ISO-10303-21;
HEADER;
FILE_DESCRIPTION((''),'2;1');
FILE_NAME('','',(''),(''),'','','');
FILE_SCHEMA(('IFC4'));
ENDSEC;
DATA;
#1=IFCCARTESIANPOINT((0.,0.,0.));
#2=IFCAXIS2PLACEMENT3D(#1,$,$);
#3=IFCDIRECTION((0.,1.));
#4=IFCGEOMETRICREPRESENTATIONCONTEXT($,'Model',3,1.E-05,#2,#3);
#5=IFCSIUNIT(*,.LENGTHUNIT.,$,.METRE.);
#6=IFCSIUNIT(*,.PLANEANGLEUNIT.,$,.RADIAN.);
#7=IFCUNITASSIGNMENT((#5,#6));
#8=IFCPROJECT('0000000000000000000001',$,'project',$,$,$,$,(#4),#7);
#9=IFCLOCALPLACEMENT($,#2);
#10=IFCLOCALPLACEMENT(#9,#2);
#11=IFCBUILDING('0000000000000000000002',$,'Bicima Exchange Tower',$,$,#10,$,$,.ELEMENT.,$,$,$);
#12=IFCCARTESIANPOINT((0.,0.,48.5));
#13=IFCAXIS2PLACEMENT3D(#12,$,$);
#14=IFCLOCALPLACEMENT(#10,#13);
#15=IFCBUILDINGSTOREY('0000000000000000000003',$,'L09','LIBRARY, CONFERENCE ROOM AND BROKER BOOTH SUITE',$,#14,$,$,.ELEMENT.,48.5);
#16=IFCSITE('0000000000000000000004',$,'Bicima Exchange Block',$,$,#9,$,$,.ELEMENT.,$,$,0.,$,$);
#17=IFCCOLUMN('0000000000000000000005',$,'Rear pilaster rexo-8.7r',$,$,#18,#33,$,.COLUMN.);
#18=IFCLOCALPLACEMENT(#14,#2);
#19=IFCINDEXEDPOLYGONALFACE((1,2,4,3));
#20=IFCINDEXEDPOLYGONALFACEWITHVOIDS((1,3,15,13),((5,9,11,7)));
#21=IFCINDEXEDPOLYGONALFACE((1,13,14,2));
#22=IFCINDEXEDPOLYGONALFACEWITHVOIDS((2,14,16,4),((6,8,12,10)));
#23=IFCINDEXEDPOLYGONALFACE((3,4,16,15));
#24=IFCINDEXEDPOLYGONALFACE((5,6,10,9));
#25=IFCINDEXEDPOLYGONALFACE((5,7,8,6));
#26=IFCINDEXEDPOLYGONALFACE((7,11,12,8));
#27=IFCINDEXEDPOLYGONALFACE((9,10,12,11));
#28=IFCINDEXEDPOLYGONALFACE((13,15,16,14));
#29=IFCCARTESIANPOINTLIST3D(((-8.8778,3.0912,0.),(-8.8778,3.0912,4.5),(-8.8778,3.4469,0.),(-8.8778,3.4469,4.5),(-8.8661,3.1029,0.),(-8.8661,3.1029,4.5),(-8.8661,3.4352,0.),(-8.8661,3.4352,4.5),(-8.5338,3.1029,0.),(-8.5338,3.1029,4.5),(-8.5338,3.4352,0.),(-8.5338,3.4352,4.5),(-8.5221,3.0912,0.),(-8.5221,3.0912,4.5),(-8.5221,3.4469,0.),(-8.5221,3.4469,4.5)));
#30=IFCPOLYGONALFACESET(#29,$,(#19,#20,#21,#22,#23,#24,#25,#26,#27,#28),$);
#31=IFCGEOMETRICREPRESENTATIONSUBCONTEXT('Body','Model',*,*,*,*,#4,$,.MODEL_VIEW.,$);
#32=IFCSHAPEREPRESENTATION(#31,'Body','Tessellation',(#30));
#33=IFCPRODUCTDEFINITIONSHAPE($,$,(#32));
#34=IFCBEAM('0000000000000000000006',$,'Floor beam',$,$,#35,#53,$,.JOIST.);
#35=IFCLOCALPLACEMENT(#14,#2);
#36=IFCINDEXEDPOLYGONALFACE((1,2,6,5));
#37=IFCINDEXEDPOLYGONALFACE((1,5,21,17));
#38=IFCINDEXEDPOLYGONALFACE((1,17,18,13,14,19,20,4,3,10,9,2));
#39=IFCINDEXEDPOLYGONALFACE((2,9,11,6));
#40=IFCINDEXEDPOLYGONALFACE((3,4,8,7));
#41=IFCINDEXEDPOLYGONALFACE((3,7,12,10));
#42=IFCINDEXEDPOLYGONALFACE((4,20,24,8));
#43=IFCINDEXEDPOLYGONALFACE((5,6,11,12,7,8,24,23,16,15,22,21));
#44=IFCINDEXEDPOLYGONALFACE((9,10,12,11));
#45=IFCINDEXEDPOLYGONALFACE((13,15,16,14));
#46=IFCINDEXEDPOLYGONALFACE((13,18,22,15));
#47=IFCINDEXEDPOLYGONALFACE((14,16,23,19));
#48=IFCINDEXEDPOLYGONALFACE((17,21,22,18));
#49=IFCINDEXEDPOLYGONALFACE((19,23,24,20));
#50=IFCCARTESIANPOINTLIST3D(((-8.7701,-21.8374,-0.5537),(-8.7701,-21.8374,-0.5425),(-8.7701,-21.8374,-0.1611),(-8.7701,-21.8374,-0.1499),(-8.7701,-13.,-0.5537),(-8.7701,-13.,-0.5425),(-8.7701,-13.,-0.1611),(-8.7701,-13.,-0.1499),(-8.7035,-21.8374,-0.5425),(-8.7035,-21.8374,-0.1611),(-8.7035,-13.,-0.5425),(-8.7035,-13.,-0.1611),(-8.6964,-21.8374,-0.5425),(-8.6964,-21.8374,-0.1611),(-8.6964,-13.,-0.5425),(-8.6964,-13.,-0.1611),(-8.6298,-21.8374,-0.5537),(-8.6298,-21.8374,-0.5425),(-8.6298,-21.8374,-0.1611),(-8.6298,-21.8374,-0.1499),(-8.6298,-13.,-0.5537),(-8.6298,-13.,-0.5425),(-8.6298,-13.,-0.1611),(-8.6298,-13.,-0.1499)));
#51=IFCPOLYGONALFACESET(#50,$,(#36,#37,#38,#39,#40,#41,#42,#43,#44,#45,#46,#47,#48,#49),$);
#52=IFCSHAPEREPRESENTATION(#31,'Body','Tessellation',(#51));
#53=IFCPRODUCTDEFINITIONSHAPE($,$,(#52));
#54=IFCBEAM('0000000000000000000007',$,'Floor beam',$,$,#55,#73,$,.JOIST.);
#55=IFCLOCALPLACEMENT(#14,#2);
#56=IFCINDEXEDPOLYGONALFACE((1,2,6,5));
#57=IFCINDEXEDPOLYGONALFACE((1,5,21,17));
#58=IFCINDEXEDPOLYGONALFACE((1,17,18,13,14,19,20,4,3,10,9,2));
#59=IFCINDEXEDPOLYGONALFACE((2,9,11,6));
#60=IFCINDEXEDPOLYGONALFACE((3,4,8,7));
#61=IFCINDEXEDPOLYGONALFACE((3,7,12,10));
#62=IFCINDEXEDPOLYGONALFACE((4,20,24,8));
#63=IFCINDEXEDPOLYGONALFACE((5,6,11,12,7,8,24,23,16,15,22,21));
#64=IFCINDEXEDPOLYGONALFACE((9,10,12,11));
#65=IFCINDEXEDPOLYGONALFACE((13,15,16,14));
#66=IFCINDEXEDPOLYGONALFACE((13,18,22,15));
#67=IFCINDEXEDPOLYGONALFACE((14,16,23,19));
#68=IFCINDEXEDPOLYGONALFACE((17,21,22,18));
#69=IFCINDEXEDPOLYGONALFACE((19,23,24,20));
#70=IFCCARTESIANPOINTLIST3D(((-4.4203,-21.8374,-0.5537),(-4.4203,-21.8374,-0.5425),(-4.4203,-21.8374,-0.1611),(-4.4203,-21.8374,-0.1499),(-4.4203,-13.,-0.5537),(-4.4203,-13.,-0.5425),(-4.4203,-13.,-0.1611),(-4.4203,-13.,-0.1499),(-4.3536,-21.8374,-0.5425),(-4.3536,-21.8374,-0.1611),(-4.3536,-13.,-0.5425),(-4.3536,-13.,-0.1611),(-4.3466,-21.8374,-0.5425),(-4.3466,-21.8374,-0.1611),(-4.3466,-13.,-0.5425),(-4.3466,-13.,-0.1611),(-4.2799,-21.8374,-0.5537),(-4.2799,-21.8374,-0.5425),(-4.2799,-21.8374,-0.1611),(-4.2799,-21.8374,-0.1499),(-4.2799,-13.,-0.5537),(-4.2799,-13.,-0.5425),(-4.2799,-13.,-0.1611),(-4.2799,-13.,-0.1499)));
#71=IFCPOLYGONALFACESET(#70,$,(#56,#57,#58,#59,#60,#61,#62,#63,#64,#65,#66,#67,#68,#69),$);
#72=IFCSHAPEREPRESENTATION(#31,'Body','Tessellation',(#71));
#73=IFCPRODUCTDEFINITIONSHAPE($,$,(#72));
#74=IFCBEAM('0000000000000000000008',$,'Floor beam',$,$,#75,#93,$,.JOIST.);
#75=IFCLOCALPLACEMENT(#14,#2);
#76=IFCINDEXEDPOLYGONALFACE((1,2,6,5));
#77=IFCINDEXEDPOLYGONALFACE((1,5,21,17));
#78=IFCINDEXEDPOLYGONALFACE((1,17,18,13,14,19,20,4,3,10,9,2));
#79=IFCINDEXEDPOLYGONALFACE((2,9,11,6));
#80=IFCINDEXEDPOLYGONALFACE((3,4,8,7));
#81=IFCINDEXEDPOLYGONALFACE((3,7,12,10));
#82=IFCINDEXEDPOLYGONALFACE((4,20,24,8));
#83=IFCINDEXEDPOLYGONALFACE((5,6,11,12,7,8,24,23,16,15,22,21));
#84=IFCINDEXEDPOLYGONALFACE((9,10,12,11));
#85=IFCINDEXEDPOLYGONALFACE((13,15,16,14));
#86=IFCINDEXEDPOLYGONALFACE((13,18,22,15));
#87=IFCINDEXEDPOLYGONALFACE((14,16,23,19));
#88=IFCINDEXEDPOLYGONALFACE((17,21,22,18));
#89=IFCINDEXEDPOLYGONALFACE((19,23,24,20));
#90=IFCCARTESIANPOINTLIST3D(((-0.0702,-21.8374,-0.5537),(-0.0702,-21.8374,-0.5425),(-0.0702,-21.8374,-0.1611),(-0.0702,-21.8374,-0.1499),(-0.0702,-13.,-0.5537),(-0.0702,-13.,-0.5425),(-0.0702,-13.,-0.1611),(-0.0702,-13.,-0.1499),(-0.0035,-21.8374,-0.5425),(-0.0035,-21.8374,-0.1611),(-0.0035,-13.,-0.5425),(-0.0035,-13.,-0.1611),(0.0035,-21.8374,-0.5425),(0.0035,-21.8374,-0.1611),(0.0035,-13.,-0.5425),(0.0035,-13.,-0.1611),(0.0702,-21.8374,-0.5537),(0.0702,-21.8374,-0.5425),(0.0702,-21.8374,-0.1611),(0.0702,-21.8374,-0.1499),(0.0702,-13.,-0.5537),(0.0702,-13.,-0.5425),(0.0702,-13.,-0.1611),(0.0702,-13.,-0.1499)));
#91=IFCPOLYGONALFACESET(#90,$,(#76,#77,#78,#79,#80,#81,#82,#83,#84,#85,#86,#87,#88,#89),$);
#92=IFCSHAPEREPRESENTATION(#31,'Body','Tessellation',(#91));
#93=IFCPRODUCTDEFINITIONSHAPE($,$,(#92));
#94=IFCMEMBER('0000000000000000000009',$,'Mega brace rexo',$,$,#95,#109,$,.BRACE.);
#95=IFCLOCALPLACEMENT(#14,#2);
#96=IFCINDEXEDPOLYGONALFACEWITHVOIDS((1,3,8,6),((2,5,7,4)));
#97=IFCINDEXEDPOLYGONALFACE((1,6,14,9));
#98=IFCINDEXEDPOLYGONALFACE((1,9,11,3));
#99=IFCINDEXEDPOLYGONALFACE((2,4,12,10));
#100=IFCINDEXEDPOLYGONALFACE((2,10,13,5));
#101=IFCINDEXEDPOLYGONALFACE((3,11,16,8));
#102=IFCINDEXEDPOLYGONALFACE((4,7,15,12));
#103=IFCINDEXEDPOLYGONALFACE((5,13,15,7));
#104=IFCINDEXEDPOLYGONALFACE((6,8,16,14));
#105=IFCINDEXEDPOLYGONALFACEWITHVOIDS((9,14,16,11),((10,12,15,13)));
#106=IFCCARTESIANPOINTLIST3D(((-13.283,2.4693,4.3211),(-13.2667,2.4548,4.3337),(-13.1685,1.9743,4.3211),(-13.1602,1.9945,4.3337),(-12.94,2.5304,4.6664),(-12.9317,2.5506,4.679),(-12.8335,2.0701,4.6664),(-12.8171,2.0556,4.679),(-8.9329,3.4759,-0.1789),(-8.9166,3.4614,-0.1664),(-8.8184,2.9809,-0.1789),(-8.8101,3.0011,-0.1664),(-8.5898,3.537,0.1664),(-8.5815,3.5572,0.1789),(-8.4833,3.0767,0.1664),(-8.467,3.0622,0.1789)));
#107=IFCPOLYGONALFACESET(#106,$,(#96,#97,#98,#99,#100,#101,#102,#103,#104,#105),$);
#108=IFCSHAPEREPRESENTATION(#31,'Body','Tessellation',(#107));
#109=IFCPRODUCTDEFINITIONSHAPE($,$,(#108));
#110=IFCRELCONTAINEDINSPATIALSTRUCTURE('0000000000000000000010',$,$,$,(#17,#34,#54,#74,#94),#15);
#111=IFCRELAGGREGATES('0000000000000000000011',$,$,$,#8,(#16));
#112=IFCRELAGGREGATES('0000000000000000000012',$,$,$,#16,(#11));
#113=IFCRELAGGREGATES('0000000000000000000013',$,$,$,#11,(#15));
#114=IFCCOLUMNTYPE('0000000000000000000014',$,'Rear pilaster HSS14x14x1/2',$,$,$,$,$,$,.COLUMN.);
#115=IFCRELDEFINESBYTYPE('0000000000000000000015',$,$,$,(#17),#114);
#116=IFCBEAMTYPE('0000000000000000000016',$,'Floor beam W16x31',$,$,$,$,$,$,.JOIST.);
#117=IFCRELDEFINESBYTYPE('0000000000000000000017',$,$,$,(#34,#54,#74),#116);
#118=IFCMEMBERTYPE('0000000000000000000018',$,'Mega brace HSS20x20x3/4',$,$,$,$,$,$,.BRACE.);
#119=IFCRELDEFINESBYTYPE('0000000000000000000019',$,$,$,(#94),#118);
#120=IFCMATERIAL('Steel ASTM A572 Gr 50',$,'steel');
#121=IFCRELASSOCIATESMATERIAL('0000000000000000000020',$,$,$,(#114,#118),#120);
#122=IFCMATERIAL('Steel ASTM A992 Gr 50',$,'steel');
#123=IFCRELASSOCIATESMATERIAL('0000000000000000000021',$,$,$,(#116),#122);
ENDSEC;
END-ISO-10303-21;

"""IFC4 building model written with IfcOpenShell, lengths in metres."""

from ifc_helpers import new_model, si_unit, direction, frame, origin, origin_2d, place, context, subcontext, project, spatial, hollow_rectangle, i_section, extrude, material, material_profile, profile_set, type_object, element, save


model = new_model("IFC4")

# Units and contexts
model_context = context("Model", 3, precision=1e-05, world=origin(), true_north=direction((0.0, 1.0)))
body_context = subcontext(model_context, "Body", "Model", "MODEL_VIEW")
ifc_project = project(units=[si_unit("LENGTHUNIT", "METRE"), si_unit("PLANEANGLEUNIT", "RADIAN")], contexts=[model_context])

# Site, building, storey
site_placement = place(None, origin())
site = spatial("IfcSite", under=ifc_project, at=site_placement, Name="Bicima Exchange Block", CompositionType="ELEMENT", RefElevation=0.0)
building_placement = place(site_placement, origin())
building = spatial("IfcBuilding", under=site, at=building_placement, Name="Bicima Exchange Tower", CompositionType="ELEMENT")
storey_placement = place(building_placement, frame((0.0, 0.0, 48.5)))
storey = spatial("IfcBuildingStorey", under=building, at=storey_placement, Name="L09", Description="LIBRARY, CONFERENCE ROOM AND BROKER BOOTH SUITE", CompositionType="ELEMENT", Elevation=48.5)

# Column
ifc_material_1 = material(Name="Steel ASTM A572 Gr 50", Category="steel")
ifc_material_profile_1 = material_profile(ifc_material_1, hollow_rectangle(XDim=0.3557, YDim=0.3557, WallThickness=0.0117, at=origin_2d()))
ifc_profile_set_1 = profile_set([ifc_material_profile_1], Name="Steel ASTM A572 Gr 50")
column_type = type_object("IfcColumnType", Name="Rear pilaster HSS14x14x1/2", PredefinedType="COLUMN", material=ifc_profile_set_1)
column_placement = place(storey_placement, frame((-8.7, 3.269, 0.0), z_axis=(0.0, 0.0, 1.0), x_axis=(1.0, 0.0, 0.0)))
element("IfcColumn", 1, at=column_placement, inside=storey, type_object=column_type, Name="Rear pilaster rexo-8.7r", PredefinedType="COLUMN", context=body_context, shape_type="SweptSolid", body=[
    extrude(hollow_rectangle(XDim=0.3557, YDim=0.3557, WallThickness=0.0117, at=origin_2d()), origin(), (0.0, 0.0, 1.0), 4.5),
])

# Beams
ifc_material_2 = material(Name="Steel ASTM A992 Gr 50", Category="steel")
ifc_material_profile_2 = material_profile(ifc_material_2, i_section(OverallWidth=0.1404, OverallDepth=0.4038, WebThickness=0.0071, FlangeThickness=0.0112, at=origin_2d()))
ifc_profile_set_2 = profile_set([ifc_material_profile_2], Name="Steel ASTM A992 Gr 50")
beam_type = type_object("IfcBeamType", Name="Floor beam W16x31", PredefinedType="JOIST", material=ifc_profile_set_2)
for number, where, z_axis, x_axis, name in (
    (2, (-8.7, -13.0, -0.3518), (0.0, -1.0, 0.0), (1.0, 0.0, 0.0), "Floor beam"),
    (3, (-4.3501, -13.0, -0.3518), (0.0, -1.0, 0.0), (1.0, 0.0, 0.0), "Floor beam"),
    (4, (0.0, -13.0, -0.3518), (0.0, -1.0, 0.0), (1.0, 0.0, 0.0), "Floor beam"),
):
    element("IfcBeam", number, at=place(storey_placement, frame(where, z_axis=z_axis, x_axis=x_axis)), inside=storey, type_object=beam_type, Name=name, PredefinedType="JOIST", context=body_context, shape_type="SweptSolid", body=[
        extrude(i_section(OverallWidth=0.1404, OverallDepth=0.4038, WebThickness=0.0071, FlangeThickness=0.0112, at=origin_2d()), origin(), (0.0, 0.0, 1.0), 8.8374),
    ])

# Member
ifc_material_profile_3 = material_profile(ifc_material_1, hollow_rectangle(XDim=0.5081, YDim=0.5081, WallThickness=0.0178, at=origin_2d()))
ifc_profile_set_3 = profile_set([ifc_material_profile_3], Name="Steel ASTM A572 Gr 50")
member_type = type_object("IfcMemberType", Name="Mega brace HSS20x20x3/4", PredefinedType="BRACE", material=ifc_profile_set_3)
member_placement = place(storey_placement, frame((-8.7, 3.269, 0.0), z_axis=(-0.686212, -0.158786, 0.709859), x_axis=(0.225439, -0.974257, 0.0)))
element("IfcMember", 5, at=member_placement, inside=storey, type_object=member_type, Name="Mega brace rexo", PredefinedType="BRACE", context=body_context, shape_type="SweptSolid", body=[
    extrude(hollow_rectangle(XDim=0.5081, YDim=0.5081, WallThickness=0.0178, at=origin_2d()), origin(), (0.0, 0.0, 1.0), 6.3394),
])

save(model, "model.ifc")
